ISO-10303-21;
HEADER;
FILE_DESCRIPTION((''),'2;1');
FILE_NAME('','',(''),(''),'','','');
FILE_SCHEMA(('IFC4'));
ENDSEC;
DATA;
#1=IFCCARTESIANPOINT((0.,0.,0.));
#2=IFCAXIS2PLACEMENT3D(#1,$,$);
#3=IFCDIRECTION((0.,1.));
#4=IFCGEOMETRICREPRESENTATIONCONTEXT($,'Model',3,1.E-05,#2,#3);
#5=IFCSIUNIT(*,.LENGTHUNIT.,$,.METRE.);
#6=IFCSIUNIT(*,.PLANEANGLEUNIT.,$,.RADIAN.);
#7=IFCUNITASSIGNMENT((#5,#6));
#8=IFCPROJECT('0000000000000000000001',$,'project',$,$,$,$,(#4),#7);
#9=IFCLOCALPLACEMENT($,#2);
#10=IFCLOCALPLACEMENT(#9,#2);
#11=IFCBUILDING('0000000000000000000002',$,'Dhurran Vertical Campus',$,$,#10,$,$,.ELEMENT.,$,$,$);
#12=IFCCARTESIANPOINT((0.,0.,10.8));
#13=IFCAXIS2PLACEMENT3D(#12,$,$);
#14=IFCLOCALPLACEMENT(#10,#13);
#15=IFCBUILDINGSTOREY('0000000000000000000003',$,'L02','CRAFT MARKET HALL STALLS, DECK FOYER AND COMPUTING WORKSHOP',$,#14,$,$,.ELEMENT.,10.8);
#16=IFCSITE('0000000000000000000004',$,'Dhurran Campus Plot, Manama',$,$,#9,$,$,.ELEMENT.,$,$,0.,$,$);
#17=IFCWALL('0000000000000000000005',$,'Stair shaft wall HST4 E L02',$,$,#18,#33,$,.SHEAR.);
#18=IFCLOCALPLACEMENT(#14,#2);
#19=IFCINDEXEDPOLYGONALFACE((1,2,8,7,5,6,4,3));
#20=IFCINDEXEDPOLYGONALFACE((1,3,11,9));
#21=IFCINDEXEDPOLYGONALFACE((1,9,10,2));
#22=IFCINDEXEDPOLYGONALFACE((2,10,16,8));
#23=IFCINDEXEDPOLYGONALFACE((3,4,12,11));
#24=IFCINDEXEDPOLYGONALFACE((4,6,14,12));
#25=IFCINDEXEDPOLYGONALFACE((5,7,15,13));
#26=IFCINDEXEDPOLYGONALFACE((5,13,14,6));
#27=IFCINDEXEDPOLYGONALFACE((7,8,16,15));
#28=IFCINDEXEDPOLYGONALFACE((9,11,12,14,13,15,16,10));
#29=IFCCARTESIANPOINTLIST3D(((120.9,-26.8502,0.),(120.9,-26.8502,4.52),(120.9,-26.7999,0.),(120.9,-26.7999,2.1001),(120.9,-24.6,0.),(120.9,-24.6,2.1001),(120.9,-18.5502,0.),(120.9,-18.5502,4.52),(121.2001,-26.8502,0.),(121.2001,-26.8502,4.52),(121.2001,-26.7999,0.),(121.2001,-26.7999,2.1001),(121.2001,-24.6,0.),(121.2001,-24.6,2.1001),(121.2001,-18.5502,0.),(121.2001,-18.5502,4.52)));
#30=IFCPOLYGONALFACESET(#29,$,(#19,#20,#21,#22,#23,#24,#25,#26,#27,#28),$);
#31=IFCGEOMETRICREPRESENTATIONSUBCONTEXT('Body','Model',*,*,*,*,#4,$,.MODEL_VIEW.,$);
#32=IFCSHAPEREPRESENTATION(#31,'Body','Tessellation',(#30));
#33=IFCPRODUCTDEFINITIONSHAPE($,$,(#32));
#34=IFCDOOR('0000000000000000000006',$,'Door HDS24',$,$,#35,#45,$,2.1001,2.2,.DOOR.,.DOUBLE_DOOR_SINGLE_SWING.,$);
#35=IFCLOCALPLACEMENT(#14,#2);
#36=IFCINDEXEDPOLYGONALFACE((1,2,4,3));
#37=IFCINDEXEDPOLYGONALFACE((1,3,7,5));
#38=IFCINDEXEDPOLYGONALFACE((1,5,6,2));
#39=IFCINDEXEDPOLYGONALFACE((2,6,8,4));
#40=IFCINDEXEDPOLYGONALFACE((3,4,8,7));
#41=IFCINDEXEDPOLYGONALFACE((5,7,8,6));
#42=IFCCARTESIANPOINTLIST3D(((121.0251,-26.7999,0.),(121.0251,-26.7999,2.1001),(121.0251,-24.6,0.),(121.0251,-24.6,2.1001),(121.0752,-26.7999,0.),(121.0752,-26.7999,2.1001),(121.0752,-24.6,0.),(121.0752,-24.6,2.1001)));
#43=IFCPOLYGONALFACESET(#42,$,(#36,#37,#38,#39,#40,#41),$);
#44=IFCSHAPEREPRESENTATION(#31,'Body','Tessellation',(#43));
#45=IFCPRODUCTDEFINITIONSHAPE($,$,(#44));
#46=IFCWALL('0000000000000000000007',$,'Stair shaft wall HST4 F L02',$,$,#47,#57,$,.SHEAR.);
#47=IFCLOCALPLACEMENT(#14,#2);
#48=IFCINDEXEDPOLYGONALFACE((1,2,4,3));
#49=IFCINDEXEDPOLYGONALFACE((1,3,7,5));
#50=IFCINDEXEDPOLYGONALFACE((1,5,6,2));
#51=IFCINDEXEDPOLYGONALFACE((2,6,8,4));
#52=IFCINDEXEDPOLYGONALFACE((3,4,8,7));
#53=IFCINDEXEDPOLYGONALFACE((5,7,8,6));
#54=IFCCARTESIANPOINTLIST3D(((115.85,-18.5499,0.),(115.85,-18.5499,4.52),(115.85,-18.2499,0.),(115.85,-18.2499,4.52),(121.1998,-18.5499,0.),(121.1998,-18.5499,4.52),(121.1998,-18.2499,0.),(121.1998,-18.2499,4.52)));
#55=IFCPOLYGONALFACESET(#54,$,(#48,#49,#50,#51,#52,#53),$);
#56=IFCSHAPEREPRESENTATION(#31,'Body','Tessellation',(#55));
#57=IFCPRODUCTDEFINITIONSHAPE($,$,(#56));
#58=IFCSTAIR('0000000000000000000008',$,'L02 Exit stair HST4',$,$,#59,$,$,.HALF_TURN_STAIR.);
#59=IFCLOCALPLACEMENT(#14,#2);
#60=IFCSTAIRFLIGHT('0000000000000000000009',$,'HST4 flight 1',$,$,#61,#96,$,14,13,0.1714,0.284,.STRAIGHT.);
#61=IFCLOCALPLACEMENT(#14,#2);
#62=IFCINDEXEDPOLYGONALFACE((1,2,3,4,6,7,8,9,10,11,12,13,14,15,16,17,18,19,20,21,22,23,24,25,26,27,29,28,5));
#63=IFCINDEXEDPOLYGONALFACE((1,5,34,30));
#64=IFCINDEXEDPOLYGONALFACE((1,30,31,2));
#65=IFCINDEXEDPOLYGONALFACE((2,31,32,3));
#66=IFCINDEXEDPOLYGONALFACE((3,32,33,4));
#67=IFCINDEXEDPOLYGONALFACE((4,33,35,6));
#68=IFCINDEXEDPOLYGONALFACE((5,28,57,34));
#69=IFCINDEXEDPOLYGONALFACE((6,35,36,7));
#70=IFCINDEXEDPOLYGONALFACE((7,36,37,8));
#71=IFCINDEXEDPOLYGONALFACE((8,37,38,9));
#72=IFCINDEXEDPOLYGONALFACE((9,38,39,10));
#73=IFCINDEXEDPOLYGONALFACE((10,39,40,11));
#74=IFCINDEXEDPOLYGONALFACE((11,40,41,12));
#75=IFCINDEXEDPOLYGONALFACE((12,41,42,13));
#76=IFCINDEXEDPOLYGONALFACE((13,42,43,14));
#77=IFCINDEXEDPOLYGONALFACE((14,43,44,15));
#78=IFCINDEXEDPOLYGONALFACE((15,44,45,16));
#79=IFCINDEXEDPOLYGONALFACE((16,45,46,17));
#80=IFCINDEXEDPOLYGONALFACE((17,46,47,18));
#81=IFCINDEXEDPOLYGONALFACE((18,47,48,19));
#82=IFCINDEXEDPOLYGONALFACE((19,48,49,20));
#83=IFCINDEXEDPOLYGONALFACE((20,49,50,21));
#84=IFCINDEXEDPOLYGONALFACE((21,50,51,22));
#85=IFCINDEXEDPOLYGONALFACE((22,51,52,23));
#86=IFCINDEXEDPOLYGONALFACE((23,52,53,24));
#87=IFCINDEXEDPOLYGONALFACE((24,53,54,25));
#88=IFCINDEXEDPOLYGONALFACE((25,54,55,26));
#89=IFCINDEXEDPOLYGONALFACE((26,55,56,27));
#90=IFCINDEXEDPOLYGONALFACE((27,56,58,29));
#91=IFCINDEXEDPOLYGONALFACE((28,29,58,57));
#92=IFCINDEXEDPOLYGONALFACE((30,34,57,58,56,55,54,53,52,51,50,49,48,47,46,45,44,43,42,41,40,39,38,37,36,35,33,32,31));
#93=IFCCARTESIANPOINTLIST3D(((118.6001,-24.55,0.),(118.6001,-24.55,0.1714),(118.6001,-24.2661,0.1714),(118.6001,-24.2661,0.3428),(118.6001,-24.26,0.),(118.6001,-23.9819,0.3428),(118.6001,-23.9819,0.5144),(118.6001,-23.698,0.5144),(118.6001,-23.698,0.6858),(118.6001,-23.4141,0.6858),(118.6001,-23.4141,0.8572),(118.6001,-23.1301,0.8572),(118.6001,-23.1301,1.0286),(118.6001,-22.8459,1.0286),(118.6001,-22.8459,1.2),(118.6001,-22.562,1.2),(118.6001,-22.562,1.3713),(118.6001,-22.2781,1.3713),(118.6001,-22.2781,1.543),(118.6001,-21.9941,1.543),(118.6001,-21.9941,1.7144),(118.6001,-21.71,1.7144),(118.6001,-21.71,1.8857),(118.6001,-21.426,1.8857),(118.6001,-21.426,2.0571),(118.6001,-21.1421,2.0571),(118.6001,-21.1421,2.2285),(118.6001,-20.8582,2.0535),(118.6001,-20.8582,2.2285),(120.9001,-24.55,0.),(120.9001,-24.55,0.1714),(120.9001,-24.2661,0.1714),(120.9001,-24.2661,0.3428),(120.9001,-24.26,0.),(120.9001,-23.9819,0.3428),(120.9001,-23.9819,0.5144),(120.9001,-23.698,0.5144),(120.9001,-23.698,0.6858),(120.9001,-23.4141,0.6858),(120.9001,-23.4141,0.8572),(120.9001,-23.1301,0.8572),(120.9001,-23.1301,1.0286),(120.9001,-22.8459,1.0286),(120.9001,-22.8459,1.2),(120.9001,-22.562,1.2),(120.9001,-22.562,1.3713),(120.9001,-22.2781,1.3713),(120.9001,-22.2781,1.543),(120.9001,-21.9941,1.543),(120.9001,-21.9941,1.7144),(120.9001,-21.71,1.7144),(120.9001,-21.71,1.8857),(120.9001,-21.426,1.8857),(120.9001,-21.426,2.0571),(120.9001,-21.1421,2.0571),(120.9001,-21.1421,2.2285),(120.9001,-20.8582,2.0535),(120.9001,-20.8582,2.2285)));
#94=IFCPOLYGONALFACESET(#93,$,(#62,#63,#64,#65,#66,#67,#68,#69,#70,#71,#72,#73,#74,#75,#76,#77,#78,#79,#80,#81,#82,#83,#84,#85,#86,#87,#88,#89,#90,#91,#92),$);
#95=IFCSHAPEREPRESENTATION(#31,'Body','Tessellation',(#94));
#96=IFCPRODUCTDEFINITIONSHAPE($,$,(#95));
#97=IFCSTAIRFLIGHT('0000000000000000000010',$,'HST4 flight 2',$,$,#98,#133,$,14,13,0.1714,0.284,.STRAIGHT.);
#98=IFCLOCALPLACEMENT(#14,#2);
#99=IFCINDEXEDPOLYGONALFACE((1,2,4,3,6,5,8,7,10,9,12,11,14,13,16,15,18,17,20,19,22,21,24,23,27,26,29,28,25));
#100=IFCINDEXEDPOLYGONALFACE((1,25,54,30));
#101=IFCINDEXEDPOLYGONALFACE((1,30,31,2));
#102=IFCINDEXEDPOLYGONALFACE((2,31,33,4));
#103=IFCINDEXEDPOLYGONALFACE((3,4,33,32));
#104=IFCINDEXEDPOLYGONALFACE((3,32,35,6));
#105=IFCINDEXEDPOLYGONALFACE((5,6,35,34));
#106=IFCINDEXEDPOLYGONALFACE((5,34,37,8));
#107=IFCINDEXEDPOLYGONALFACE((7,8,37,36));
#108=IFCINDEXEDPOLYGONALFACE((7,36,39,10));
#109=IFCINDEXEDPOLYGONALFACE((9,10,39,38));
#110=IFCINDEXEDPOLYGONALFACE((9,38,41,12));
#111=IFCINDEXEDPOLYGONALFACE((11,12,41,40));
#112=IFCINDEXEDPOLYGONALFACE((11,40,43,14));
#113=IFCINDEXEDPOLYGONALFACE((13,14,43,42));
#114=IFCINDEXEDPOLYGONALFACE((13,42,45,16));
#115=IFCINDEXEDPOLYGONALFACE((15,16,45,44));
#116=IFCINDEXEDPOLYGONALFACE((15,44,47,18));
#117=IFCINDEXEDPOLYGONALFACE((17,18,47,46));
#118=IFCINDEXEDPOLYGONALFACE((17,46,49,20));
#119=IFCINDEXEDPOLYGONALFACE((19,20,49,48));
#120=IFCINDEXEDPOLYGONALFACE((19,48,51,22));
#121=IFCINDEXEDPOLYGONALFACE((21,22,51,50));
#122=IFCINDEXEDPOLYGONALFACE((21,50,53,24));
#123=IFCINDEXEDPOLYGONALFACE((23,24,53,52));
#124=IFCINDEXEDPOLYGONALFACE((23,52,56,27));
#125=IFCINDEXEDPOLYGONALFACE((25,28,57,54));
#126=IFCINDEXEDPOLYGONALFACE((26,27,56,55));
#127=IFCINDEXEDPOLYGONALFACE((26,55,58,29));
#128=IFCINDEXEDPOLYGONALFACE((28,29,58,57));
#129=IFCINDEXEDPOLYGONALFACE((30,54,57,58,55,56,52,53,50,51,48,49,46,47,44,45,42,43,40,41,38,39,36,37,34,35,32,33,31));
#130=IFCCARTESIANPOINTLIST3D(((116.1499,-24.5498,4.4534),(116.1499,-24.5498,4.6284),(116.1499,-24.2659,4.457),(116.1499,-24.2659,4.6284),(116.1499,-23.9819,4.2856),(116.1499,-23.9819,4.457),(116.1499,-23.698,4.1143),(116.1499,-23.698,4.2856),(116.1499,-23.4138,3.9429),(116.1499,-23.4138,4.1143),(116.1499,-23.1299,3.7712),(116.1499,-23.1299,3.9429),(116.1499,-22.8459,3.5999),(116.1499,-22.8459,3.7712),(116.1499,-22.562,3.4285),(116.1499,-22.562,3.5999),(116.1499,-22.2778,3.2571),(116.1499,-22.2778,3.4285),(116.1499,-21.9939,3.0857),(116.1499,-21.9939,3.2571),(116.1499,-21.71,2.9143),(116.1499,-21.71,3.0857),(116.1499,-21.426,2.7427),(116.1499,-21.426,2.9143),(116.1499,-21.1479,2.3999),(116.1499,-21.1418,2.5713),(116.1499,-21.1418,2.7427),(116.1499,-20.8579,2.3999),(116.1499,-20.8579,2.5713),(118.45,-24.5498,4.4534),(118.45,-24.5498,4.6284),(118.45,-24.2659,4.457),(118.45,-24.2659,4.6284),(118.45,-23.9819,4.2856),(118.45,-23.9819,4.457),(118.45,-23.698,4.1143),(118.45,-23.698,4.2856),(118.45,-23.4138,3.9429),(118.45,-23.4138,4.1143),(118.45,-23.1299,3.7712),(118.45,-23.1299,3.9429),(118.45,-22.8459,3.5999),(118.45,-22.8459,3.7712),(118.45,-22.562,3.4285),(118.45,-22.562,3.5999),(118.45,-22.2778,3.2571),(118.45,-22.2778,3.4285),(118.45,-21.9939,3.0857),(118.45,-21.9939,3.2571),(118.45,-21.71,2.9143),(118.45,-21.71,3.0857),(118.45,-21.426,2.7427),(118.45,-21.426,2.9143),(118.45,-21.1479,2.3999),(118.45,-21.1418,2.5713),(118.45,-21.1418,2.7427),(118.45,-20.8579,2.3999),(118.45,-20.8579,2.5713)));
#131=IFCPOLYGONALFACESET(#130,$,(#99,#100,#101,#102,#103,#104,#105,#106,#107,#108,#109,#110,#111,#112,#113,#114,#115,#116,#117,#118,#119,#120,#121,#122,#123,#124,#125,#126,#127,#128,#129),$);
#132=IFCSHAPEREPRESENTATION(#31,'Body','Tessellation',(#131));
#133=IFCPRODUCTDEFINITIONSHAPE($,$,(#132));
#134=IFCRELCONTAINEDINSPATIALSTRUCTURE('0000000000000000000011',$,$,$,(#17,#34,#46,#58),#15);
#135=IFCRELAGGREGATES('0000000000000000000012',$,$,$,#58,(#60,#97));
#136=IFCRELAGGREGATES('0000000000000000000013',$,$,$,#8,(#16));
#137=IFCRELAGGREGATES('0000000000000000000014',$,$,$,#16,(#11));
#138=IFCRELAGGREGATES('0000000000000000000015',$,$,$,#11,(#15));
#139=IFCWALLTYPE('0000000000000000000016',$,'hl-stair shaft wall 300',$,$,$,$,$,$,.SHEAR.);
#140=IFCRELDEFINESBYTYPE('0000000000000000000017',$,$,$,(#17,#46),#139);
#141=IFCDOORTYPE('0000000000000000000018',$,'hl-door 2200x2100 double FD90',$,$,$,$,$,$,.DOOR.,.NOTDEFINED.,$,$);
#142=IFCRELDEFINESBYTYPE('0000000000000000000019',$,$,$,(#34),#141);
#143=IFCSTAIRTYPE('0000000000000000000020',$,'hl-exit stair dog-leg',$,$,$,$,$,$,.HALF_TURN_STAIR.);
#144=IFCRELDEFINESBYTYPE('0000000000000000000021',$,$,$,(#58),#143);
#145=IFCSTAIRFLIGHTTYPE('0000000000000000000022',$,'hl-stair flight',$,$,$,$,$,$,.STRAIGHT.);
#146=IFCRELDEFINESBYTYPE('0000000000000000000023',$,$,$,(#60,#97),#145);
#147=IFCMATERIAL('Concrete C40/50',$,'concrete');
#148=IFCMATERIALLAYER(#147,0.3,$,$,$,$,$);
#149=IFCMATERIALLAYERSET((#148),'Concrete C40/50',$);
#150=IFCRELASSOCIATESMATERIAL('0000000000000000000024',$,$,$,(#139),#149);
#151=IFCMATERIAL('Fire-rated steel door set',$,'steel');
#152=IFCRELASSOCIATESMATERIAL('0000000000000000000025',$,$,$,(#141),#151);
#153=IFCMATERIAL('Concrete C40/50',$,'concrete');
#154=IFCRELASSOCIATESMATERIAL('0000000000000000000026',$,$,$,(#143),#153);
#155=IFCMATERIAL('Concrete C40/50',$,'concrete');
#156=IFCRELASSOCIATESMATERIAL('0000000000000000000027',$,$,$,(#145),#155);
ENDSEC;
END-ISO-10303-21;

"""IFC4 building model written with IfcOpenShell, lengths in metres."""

from ifc_helpers import new_model, si_unit, direction, frame, frame_2d, origin, place, context, subcontext, project, spatial, polyline, rectangle, outline, extrude, material, layer, layer_set, type_object, element, fill, aggregate, save


model = new_model("IFC4")

# Units and contexts
model_context = context("Model", 3, precision=1e-05, world=origin(), true_north=direction((0.0, 1.0)))
body_context = subcontext(model_context, "Body", "Model", "MODEL_VIEW")
ifc_project = project(units=[si_unit("LENGTHUNIT", "METRE"), si_unit("PLANEANGLEUNIT", "RADIAN")], contexts=[model_context])

# Site, building, storey
site_placement = place(None, origin())
site = spatial("IfcSite", under=ifc_project, at=site_placement, Name="Dhurran Campus Plot, Manama", CompositionType="ELEMENT", RefElevation=0.0)
building_placement = place(site_placement, origin())
building = spatial("IfcBuilding", under=site, at=building_placement, Name="Dhurran Vertical Campus", CompositionType="ELEMENT")
storey_placement = place(building_placement, frame((0.0, 0.0, 10.8)))
storey = spatial("IfcBuildingStorey", under=building, at=storey_placement, Name="L02", Description="CRAFT MARKET HALL STALLS, DECK FOYER AND COMPUTING WORKSHOP", CompositionType="ELEMENT", Elevation=10.8)

# Shared definitions
ifc_material_1 = material(Name="Concrete C40/50", Category="concrete")
ifc_layer_1 = layer(ifc_material_1, 0.3)
ifc_layer_set_1 = layer_set([ifc_layer_1], Name="Concrete C40/50")
wall_type_1 = type_object("IfcWallType", Name="hl-stair shaft wall 300", PredefinedType="SHEAR", material=ifc_layer_set_1)

# Wall, opening, door
wall_1_placement = place(storey_placement, frame((121.05, -26.8501, 0.0), z_axis=(0.0, 0.0, 1.0), x_axis=(0.0, 1.0, 0.0)))
wall_1 = element("IfcWall", 1, at=wall_1_placement, inside=storey, type_object=wall_type_1, Name="Stair shaft wall HST4 E L02", PredefinedType="SHEAR", context=body_context, shape_type="SweptSolid", body=[
    extrude(rectangle(XDim=8.3, YDim=0.3, at=frame_2d((4.1499, 0.0))), origin(), (0.0, 0.0, 1.0), 4.52),
])
opening_1_placement = place(wall_1_placement, frame((0.05, 0.0, 0.0)))
opening_1 = element("IfcOpeningElement", 2, at=opening_1_placement, cuts=wall_1, PredefinedType="OPENING", context=body_context, shape_type="SweptSolid", body=[
    extrude(rectangle(XDim=2.2, YDim=2.1001, at=frame_2d((1.1001, 1.05))), frame((0.0, 0.1599, 0.0), z_axis=(0.0, -1.0, 0.0), x_axis=(1.0, 0.0, 0.0)), (0.0, 0.0, 1.0), 0.3201),
])
ifc_material_2 = material(Name="Fire-rated steel door set", Category="steel")
door_type = type_object("IfcDoorType", Name="hl-door 2200x2100 double FD90", OperationType="NOTDEFINED", PredefinedType="DOOR", material=ifc_material_2)
door_placement = place(opening_1_placement, origin())
door = element("IfcDoor", 3, at=door_placement, inside=storey, type_object=door_type, Name="Door HDS24", OperationType="DOUBLE_DOOR_SINGLE_SWING", OverallHeight=2.1001, OverallWidth=2.2, PredefinedType="DOOR", context=body_context, shape_type="SweptSolid", body=[
    extrude(rectangle(XDim=2.2, YDim=2.1001, at=frame_2d((1.1001, 1.05))), frame((0.0, 0.0249, 0.0), z_axis=(0.0, -1.0, 0.0), x_axis=(1.0, 0.0, 0.0)), (0.0, 0.0, 1.0), 0.05),
])
fill(opening_1, door)

# Wall
wall_2_placement = place(storey_placement, frame((115.8501, -18.3999, 0.0), z_axis=(0.0, 0.0, 1.0), x_axis=(1.0, 0.0, 0.0)))
element("IfcWall", 4, at=wall_2_placement, inside=storey, type_object=wall_type_1, Name="Stair shaft wall HST4 F L02", PredefinedType="SHEAR", context=body_context, shape_type="SweptSolid", body=[
    extrude(rectangle(XDim=5.3499, YDim=0.3, at=frame_2d((2.6748, 0.0))), origin(), (0.0, 0.0, 1.0), 4.52),
])

# Stair, stair flights
ifc_material_3 = material(Name="Concrete C40/50", Category="concrete")
stair_type = type_object("IfcStairType", Name="hl-exit stair dog-leg", PredefinedType="HALF_TURN_STAIR", material=ifc_material_3)
stair_placement = place(storey_placement, origin())
stair = element("IfcStair", 5, at=stair_placement, inside=storey, type_object=stair_type, Name="L02 Exit stair HST4", PredefinedType="HALF_TURN_STAIR")
ifc_material_4 = material(Name="Concrete C40/50", Category="concrete")
stair_flight_type = type_object("IfcStairFlightType", Name="hl-stair flight", PredefinedType="STRAIGHT", material=ifc_material_4)
stair_flight_1_placement = place(storey_placement, frame((119.75, -24.55, 0.0), z_axis=(0.0, 0.0, 1.0), x_axis=(0.0, 1.0, 0.0)))
stair_flight_1 = element("IfcStairFlight", 6, at=stair_flight_1_placement, type_object=stair_flight_type, Name="HST4 flight 1", NumberOfRisers=14, NumberOfTreads=13, PredefinedType="STRAIGHT", RiserHeight=0.1714, TreadLength=0.284, context=body_context, shape_type="SweptSolid", body=[
    extrude(outline(polyline([(0.0, 0.0), (0.0, 0.1714), (0.2839, 0.1714), (0.2839, 0.3428), (0.5681, 0.3428), (0.5681, 0.5144), (0.8521, 0.5144), (0.8521, 0.6858), (1.136, 0.6858), (1.136, 0.8572), (1.4199, 0.8572), (1.4199, 1.0286), (1.7041, 1.0286), (1.7041, 1.2), (1.988, 1.2), (1.988, 1.3713), (2.272, 1.3713), (2.272, 1.543), (2.5559, 1.543), (2.5559, 1.7144), (2.8401, 1.7144), (2.8401, 1.8857), (3.124, 1.8857), (3.124, 2.0571), (3.408, 2.0571), (3.408, 2.2285), (3.6919, 2.2285), (3.6919, 2.3999), (3.6919, 2.0535), (0.29, 0.0), (0.0, 0.0)])), frame((0.0, 1.1499, 0.0), z_axis=(0.0, -1.0, 0.0), x_axis=(1.0, 0.0, 0.0)), (0.0, 0.0, 1.0), 2.3),
])
stair_flight_2_placement = place(storey_placement, frame((117.3, -20.8579, 2.3999), z_axis=(0.0, 0.0, 1.0), x_axis=(0.0, -1.0, 0.0)))
stair_flight_2 = element("IfcStairFlight", 7, at=stair_flight_2_placement, type_object=stair_flight_type, Name="HST4 flight 2", NumberOfRisers=14, NumberOfTreads=13, PredefinedType="STRAIGHT", RiserHeight=0.1714, TreadLength=0.284, context=body_context, shape_type="SweptSolid", body=[
    extrude(outline(polyline([(0.0, 0.0), (0.0, 0.1714), (0.2839, 0.1714), (0.2839, 0.3428), (0.5681, 0.3428), (0.5681, 0.5144), (0.8521, 0.5144), (0.8521, 0.6858), (1.136, 0.6858), (1.136, 0.8572), (1.4199, 0.8572), (1.4199, 1.0286), (1.7041, 1.0286), (1.7041, 1.2), (1.988, 1.2), (1.988, 1.3713), (2.272, 1.3713), (2.272, 1.543), (2.5559, 1.543), (2.5559, 1.7144), (2.8401, 1.7144), (2.8401, 1.8857), (3.124, 1.8857), (3.124, 2.0571), (3.408, 2.0571), (3.408, 2.2285), (3.6919, 2.2285), (3.6919, 2.3999), (3.6919, 2.0535), (0.29, 0.0), (0.0, 0.0)])), frame((0.0, 1.1499, 0.0), z_axis=(0.0, -1.0, 0.0), x_axis=(1.0, 0.0, 0.0)), (0.0, 0.0, 1.0), 2.3),
])
aggregate(stair, [stair_flight_1, stair_flight_2])

save(model, "model.ifc")
